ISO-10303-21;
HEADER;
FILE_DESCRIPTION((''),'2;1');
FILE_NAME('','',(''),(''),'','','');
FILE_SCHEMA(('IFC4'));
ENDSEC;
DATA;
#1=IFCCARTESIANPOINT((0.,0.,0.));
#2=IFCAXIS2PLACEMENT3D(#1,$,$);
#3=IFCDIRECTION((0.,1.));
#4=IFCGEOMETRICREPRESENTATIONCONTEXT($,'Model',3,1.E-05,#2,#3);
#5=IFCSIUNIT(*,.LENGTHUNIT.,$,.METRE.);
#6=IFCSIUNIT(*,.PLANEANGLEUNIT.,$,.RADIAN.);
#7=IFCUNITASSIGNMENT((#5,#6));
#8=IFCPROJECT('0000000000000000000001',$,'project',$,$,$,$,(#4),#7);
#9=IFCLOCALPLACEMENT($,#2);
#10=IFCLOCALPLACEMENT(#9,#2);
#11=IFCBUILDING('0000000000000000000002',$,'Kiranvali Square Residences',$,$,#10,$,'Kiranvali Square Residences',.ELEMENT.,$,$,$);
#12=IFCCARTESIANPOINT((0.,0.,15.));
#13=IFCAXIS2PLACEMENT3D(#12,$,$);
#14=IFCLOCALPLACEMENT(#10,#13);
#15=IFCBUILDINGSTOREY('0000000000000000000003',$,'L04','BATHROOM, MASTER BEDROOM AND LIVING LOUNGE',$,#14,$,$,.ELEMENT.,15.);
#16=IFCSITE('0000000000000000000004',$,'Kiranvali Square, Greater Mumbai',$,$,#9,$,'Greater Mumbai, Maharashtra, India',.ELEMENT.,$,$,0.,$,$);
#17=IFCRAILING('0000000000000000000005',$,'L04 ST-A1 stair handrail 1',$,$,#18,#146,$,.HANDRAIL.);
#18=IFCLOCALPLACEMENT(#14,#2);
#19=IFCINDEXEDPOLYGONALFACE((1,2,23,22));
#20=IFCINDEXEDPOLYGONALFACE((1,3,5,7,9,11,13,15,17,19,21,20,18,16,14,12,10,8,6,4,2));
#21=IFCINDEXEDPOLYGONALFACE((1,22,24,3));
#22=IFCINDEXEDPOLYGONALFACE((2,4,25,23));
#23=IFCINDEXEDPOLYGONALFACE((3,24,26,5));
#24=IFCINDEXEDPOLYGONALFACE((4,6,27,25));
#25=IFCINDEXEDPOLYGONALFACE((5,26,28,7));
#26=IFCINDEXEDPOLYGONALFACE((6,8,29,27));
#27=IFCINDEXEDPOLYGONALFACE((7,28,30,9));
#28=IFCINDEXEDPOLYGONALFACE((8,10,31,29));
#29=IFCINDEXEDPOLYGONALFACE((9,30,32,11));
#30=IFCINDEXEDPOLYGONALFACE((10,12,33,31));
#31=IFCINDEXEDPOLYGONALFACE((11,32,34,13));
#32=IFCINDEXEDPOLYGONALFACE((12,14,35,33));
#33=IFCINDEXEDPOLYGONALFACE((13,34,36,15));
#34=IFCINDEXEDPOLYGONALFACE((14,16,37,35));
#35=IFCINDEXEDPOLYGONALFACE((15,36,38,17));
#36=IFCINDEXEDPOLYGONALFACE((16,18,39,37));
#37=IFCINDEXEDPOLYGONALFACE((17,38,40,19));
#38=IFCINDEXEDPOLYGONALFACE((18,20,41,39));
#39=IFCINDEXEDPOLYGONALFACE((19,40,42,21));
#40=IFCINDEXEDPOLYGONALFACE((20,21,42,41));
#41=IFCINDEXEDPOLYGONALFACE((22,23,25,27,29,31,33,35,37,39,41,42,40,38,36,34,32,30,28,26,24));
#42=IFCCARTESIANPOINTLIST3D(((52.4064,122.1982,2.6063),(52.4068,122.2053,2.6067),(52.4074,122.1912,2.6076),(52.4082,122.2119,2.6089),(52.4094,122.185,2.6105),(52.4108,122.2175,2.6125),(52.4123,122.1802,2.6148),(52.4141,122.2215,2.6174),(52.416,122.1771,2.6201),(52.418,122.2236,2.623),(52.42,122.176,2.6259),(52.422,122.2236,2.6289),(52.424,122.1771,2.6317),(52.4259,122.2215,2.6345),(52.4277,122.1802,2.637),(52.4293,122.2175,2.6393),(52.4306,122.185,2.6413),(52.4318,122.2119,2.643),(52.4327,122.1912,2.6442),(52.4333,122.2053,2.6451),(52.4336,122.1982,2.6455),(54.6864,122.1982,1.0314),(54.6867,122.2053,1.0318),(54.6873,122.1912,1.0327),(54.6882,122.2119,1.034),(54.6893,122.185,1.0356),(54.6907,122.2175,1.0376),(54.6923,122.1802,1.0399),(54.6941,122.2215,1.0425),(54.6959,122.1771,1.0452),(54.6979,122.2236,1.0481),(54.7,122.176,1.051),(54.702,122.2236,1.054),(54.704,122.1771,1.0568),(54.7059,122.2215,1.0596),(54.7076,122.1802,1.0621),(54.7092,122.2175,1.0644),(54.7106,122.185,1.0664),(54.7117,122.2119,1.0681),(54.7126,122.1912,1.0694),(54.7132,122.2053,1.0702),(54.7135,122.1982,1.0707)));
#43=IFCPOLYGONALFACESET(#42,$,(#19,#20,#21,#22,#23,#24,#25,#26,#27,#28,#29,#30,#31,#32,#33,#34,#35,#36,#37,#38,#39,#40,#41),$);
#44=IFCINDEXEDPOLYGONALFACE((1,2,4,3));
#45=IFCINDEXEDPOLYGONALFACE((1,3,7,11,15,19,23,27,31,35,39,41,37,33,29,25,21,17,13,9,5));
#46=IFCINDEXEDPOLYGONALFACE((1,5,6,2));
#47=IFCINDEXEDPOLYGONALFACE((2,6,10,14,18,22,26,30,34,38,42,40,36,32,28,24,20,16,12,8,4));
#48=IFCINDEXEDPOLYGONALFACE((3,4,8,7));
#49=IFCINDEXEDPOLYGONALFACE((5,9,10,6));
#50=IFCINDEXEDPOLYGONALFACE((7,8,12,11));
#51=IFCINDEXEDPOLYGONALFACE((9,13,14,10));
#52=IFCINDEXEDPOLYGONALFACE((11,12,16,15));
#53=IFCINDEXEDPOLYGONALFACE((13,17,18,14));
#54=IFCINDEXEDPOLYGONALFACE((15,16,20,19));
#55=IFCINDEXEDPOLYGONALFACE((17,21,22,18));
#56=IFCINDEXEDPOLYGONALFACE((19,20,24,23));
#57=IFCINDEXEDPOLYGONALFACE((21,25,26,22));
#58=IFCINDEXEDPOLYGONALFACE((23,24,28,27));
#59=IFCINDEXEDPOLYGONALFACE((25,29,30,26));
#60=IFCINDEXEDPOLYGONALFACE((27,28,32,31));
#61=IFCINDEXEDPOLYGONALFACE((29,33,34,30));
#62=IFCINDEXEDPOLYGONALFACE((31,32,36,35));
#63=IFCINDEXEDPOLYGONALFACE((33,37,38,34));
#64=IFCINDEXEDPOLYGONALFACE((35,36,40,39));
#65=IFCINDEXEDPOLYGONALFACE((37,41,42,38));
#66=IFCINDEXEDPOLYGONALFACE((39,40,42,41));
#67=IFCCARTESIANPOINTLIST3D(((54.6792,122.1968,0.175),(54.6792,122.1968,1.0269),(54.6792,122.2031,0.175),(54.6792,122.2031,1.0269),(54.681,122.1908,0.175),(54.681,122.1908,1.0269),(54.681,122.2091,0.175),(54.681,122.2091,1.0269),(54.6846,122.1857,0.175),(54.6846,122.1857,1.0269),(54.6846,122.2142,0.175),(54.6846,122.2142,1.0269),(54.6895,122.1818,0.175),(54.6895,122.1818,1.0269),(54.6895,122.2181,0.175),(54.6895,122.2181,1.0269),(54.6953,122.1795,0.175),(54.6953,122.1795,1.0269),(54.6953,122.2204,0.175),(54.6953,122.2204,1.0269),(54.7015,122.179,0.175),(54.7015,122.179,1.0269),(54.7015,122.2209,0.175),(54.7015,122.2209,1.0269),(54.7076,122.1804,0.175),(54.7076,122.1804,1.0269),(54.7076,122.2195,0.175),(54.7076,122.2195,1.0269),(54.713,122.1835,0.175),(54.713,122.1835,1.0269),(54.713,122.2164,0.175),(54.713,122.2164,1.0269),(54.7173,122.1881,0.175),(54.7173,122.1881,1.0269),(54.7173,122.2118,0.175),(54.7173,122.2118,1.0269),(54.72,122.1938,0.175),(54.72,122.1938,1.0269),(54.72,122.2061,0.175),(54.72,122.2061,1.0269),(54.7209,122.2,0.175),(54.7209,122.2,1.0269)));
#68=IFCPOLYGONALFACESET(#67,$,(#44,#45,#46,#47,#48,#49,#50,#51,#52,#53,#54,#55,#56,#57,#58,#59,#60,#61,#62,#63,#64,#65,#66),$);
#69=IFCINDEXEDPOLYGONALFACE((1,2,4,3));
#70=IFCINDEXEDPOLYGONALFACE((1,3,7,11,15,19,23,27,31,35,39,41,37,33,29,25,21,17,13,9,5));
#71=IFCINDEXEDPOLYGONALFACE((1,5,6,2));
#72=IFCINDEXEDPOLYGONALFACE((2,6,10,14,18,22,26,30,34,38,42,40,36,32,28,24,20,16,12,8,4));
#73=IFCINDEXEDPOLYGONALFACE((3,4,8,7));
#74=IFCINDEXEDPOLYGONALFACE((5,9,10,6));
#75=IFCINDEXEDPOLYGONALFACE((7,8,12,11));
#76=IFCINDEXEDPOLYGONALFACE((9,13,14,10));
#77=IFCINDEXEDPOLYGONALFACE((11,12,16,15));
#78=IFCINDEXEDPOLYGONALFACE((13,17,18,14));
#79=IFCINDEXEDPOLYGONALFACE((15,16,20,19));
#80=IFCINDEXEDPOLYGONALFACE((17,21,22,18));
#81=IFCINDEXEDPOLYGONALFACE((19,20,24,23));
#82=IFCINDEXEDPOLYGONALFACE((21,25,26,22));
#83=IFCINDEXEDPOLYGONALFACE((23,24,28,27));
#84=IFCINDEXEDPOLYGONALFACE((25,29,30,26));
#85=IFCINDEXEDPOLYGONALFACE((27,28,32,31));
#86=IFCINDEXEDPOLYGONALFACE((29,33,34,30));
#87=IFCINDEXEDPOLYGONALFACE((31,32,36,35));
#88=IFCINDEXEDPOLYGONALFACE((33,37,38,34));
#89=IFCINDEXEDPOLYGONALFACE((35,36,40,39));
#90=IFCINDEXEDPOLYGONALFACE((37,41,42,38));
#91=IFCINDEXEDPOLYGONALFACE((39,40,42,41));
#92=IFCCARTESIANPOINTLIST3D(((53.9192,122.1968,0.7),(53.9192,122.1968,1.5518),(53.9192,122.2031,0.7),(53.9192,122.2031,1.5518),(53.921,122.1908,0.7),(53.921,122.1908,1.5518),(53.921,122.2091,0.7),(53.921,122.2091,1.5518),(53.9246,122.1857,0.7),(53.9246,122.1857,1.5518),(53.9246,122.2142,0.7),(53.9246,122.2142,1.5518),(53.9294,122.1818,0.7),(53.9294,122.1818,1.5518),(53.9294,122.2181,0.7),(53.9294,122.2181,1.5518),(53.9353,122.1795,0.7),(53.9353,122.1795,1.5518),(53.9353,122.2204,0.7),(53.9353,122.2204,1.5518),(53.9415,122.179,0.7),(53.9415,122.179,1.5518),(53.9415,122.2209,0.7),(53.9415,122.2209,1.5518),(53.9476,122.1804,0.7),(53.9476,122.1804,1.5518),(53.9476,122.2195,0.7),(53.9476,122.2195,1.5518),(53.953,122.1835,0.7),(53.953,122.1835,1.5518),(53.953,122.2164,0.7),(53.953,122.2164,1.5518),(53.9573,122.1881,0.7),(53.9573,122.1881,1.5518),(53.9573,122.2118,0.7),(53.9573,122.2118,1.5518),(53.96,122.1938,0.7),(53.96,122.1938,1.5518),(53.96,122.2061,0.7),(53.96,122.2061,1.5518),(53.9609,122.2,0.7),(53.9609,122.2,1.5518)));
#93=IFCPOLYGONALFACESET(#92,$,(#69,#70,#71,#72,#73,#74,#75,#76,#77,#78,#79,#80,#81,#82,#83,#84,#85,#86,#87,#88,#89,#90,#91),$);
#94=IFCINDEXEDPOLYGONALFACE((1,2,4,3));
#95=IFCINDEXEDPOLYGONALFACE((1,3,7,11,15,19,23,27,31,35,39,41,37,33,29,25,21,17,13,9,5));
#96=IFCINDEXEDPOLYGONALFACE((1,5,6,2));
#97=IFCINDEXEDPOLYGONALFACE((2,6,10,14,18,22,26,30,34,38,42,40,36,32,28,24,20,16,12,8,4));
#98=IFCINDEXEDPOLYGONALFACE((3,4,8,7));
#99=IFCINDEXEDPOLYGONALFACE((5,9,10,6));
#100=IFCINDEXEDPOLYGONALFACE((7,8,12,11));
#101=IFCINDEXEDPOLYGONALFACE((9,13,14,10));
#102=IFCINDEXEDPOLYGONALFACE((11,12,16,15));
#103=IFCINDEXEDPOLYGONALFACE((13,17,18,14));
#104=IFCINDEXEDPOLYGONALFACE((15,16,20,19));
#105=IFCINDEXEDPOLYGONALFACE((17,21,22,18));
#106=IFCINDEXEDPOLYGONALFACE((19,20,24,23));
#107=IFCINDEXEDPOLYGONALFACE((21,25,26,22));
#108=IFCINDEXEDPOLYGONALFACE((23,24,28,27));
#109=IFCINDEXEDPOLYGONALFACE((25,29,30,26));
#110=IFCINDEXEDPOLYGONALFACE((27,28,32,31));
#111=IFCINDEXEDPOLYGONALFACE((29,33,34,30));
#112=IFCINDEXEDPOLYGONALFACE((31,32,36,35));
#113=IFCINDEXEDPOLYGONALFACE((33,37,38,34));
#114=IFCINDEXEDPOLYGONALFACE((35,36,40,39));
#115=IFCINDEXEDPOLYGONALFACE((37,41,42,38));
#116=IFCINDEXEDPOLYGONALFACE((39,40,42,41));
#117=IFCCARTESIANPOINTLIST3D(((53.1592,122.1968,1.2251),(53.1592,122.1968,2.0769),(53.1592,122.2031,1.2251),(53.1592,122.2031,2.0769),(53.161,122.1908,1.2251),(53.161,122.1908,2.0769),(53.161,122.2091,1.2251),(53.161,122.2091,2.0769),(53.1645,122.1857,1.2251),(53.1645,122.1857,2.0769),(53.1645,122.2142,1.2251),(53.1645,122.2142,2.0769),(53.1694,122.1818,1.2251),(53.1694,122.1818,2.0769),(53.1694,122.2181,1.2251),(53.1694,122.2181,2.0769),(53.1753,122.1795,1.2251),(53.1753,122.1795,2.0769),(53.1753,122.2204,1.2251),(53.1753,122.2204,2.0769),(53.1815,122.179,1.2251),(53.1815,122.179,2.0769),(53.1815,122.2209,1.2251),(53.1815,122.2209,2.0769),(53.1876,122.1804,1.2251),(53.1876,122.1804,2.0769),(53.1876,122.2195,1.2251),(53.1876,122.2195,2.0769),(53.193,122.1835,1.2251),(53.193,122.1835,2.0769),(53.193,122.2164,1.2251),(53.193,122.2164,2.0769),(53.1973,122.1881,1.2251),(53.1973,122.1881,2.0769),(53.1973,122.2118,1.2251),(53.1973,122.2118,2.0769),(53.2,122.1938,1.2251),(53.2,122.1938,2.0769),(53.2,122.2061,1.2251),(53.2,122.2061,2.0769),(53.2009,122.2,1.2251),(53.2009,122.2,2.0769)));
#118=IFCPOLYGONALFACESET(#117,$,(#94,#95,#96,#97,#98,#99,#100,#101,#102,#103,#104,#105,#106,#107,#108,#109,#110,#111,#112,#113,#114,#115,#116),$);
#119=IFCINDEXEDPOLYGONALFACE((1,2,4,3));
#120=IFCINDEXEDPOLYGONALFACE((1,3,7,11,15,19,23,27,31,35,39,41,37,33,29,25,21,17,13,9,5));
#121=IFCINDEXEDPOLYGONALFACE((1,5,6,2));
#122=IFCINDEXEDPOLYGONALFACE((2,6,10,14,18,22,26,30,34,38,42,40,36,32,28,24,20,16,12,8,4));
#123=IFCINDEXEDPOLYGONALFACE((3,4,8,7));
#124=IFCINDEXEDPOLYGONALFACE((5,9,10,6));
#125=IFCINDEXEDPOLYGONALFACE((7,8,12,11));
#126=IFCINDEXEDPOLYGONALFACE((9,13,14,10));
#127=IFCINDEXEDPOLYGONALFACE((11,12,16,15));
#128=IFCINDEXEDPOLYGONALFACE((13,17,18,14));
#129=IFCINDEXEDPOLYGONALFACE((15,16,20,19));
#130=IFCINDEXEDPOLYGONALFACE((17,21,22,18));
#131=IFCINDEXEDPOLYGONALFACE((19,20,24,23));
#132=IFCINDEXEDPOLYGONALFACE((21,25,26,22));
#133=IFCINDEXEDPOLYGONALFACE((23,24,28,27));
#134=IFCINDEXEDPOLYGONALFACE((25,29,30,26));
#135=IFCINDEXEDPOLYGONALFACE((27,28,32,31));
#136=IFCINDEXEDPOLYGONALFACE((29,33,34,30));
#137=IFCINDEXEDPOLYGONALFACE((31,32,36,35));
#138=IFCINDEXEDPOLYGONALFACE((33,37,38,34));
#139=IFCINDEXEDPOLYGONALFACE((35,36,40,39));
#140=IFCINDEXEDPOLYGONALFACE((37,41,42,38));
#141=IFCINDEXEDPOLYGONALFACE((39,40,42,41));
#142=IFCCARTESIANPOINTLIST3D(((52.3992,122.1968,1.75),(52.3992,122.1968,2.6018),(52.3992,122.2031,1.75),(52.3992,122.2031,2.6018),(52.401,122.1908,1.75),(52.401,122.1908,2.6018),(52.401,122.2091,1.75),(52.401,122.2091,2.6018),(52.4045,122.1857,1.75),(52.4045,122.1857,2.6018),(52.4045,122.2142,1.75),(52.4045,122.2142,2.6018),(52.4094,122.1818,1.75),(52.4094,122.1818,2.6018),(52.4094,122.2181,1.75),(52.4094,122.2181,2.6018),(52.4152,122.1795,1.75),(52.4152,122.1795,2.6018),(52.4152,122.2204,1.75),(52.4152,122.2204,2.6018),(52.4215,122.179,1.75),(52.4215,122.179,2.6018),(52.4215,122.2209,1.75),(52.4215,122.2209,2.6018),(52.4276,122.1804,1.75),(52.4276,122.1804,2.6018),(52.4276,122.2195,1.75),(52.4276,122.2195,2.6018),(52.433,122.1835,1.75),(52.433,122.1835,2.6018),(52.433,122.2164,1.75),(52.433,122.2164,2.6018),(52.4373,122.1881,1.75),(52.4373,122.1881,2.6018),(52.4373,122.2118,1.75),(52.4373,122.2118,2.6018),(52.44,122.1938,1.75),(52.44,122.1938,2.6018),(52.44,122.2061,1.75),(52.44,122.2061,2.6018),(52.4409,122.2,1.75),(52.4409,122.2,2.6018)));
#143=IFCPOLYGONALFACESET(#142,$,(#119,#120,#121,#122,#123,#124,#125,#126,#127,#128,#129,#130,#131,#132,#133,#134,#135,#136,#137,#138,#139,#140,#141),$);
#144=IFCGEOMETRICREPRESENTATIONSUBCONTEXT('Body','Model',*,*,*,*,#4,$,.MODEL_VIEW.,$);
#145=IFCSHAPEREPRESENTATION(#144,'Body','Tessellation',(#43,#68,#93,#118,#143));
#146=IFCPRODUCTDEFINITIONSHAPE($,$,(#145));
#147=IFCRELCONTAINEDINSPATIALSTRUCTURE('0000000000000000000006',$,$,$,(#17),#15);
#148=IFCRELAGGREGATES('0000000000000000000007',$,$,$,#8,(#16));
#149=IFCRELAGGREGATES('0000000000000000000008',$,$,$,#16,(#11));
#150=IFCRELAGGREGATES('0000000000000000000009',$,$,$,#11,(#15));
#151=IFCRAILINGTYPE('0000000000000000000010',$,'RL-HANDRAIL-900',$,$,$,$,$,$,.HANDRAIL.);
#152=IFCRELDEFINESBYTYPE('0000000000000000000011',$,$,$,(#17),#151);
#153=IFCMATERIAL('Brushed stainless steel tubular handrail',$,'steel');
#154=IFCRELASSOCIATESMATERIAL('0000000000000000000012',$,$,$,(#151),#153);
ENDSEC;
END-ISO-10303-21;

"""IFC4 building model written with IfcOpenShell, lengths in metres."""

from ifc_helpers import new_model, si_unit, direction, frame, origin, origin_2d, place, context, subcontext, project, spatial, circle, extrude, material, type_object, element, save


model = new_model("IFC4")

# Units and contexts
model_context = context("Model", 3, precision=1e-05, world=origin(), true_north=direction((0.0, 1.0)))
body_context = subcontext(model_context, "Body", "Model", "MODEL_VIEW")
ifc_project = project(units=[si_unit("LENGTHUNIT", "METRE"), si_unit("PLANEANGLEUNIT", "RADIAN")], contexts=[model_context])

# Site, building, storey
site_placement = place(None, origin())
site = spatial("IfcSite", under=ifc_project, at=site_placement, Name="Kiranvali Square, Greater Mumbai", LongName="Greater Mumbai, Maharashtra, India", CompositionType="ELEMENT", RefElevation=0.0)
building_placement = place(site_placement, origin())
building = spatial("IfcBuilding", under=site, at=building_placement, Name="Kiranvali Square Residences", LongName="Kiranvali Square Residences", CompositionType="ELEMENT")
storey_placement = place(building_placement, frame((0.0, 0.0, 15.0)))
storey = spatial("IfcBuildingStorey", under=building, at=storey_placement, Name="L04", Description="BATHROOM, MASTER BEDROOM AND LIVING LOUNGE", CompositionType="ELEMENT", Elevation=15.0)

# Railing
ifc_material_1 = material(Name="Brushed stainless steel tubular handrail", Category="steel")
railing_type_1 = type_object("IfcRailingType", Name="RL-HANDRAIL-900", PredefinedType="HANDRAIL", material=ifc_material_1)
railing_1_placement = place(storey_placement, frame((54.7, 122.2, 0.175)))
element("IfcRailing", 1, at=railing_1_placement, inside=storey, type_object=railing_type_1, Name="L04 ST-A1 stair handrail 1", PredefinedType="HANDRAIL", context=body_context, shape_type="SweptSolid", body=[
    extrude(circle(Radius=0.0239, at=origin_2d()), frame((0.0, 0.0, 0.876), z_axis=(-0.822788, 0.0, 0.568348), x_axis=(0.0, -1.0, 0.0)), (0.0, 0.0, 1.0), 2.771),
    extrude(circle(Radius=0.021, at=origin_2d()), origin(), (0.0, 0.0, 1.0), 0.8518),
    extrude(circle(Radius=0.021, at=origin_2d()), frame((-0.76, 0.0, 0.5249)), (0.0, 0.0, 1.0), 0.8518),
    extrude(circle(Radius=0.021, at=origin_2d()), frame((-1.52, 0.0, 1.05)), (0.0, 0.0, 1.0), 0.8518),
    extrude(circle(Radius=0.021, at=origin_2d()), frame((-2.28, 0.0, 1.575)), (0.0, 0.0, 1.0), 0.8518),
])

save(model, "model.ifc")
